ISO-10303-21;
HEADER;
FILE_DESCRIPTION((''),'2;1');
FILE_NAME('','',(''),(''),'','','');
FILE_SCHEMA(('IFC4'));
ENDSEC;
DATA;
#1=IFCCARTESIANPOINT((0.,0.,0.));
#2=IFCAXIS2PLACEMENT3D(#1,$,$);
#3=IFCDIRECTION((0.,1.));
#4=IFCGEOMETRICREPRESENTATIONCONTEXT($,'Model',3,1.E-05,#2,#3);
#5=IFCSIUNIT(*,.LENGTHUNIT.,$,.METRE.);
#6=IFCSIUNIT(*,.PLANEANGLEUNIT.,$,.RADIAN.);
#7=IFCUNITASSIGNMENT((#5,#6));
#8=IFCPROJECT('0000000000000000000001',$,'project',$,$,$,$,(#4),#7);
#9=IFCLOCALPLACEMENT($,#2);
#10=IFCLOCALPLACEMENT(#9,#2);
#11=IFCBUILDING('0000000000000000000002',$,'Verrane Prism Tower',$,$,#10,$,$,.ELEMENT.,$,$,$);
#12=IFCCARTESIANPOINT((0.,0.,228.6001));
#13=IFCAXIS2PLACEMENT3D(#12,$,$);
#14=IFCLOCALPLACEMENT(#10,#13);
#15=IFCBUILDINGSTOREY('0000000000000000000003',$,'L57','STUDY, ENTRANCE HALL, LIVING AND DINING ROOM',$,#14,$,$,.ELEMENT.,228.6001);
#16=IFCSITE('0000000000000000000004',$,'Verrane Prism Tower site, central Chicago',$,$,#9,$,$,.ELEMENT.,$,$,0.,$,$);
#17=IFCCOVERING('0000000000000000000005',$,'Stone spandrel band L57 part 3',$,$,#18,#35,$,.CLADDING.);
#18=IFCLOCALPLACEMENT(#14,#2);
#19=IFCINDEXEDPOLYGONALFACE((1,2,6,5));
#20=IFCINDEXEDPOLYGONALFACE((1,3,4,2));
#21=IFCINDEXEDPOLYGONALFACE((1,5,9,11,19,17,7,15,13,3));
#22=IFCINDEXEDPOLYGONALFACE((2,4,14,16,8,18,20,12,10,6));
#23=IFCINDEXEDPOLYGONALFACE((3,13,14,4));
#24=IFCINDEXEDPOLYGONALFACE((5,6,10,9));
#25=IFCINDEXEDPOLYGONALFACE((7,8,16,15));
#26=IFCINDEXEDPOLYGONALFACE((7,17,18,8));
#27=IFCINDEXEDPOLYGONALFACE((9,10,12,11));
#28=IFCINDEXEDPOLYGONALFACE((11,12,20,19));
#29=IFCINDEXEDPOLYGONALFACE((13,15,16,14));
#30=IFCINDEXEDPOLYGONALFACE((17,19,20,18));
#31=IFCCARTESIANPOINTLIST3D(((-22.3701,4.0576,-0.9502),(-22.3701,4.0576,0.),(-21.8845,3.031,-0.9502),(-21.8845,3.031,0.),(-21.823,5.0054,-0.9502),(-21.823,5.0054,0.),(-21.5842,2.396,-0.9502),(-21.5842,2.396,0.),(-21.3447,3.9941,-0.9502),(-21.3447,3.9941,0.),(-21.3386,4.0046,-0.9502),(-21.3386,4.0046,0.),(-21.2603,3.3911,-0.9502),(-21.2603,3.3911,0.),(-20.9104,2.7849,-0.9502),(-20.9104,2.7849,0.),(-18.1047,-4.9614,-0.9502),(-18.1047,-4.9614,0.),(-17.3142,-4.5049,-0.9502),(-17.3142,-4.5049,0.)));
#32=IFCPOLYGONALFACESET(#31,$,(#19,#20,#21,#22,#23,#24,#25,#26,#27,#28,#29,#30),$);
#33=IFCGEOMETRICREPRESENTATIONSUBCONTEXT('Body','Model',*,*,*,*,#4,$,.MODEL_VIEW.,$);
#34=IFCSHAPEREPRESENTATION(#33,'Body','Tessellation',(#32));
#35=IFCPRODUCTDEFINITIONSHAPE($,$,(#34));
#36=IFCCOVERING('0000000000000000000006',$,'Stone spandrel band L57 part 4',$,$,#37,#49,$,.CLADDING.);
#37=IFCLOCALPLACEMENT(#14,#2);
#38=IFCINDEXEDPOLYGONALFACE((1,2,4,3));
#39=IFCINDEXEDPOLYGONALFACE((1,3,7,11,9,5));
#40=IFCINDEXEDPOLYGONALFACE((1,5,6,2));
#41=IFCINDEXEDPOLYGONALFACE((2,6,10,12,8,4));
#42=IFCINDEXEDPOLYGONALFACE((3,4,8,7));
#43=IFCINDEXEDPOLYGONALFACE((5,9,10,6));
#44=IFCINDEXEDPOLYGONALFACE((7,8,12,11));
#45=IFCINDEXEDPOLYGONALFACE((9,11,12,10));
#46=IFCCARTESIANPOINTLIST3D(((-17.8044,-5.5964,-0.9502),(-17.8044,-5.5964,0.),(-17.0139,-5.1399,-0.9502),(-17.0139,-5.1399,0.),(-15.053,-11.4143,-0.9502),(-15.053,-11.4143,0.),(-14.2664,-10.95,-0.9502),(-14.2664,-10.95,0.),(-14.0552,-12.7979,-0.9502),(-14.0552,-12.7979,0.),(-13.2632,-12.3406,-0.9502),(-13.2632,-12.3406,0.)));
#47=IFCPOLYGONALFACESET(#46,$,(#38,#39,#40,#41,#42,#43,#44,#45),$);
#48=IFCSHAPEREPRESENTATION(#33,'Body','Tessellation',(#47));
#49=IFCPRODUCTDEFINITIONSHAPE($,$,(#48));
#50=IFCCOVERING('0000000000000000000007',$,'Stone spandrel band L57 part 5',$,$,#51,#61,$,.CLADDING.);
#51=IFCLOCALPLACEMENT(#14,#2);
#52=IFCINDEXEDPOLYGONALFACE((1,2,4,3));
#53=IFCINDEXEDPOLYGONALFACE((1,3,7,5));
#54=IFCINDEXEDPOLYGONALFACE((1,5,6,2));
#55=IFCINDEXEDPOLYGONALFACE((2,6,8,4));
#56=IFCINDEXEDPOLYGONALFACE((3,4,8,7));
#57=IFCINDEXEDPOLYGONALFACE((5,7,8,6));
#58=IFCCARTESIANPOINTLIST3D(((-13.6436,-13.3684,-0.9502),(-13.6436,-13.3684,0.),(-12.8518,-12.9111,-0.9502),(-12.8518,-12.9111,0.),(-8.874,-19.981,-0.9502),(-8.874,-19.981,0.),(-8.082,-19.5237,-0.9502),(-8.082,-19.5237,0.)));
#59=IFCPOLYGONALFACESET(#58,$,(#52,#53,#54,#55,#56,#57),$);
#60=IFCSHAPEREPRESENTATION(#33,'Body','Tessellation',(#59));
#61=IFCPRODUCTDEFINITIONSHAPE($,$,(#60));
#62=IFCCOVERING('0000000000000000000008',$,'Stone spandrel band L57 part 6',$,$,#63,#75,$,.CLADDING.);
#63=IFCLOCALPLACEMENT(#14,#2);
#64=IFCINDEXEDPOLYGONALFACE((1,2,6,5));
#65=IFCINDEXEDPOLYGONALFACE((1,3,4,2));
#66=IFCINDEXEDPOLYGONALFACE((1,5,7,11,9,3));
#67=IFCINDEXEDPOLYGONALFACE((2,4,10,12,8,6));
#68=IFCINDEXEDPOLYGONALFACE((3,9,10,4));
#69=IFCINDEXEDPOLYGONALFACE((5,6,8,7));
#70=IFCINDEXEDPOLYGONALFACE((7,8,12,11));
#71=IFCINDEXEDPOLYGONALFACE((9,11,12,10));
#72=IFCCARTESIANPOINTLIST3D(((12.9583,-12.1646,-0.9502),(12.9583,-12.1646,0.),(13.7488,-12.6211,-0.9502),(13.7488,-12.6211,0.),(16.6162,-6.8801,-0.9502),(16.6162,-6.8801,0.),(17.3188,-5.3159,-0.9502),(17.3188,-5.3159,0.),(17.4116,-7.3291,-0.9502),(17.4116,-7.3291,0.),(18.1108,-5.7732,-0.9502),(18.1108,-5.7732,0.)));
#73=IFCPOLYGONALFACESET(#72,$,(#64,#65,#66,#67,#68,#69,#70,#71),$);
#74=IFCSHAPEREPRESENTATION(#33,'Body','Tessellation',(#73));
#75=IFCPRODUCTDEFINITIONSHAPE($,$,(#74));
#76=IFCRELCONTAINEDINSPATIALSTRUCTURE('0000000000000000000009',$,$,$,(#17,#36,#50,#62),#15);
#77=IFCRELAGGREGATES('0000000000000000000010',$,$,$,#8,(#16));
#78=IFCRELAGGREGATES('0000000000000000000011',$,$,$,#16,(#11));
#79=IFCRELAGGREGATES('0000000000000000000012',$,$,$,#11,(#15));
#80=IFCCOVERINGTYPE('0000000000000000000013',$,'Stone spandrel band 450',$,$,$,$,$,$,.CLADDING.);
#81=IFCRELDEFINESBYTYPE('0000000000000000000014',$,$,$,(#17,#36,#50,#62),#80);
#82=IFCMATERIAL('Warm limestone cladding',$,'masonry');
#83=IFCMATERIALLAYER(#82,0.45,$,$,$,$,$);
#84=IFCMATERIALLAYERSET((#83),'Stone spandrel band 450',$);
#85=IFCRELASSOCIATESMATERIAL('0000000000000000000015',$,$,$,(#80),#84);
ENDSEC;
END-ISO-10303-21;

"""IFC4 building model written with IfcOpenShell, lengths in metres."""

from ifc_helpers import new_model, si_unit, direction, frame, origin, place, context, subcontext, project, spatial, polyline, outline, extrude, material, layer, layer_set, type_object, element, save


model = new_model("IFC4")

# Units and contexts
model_context = context("Model", 3, precision=1e-05, world=origin(), true_north=direction((0.0, 1.0)))
body_context = subcontext(model_context, "Body", "Model", "MODEL_VIEW")
ifc_project = project(units=[si_unit("LENGTHUNIT", "METRE"), si_unit("PLANEANGLEUNIT", "RADIAN")], contexts=[model_context])

# Site, building, storey
site_placement = place(None, origin())
site = spatial("IfcSite", under=ifc_project, at=site_placement, Name="Verrane Prism Tower site, central Chicago", CompositionType="ELEMENT", RefElevation=0.0)
building_placement = place(site_placement, origin())
building = spatial("IfcBuilding", under=site, at=building_placement, Name="Verrane Prism Tower", CompositionType="ELEMENT")
storey_placement = place(building_placement, frame((0.0, 0.0, 228.6001)))
storey = spatial("IfcBuildingStorey", under=building, at=storey_placement, Name="L57", Description="STUDY, ENTRANCE HALL, LIVING AND DINING ROOM", CompositionType="ELEMENT", Elevation=228.6001)

# Coverings
ifc_material_1 = material(Name="Warm limestone cladding", Category="masonry")
ifc_layer_1 = layer(ifc_material_1, 0.45)
ifc_layer_set_1 = layer_set([ifc_layer_1], Name="Stone spandrel band 450")
covering_type_1 = type_object("IfcCoveringType", Name="Stone spandrel band 450", PredefinedType="CLADDING", material=ifc_layer_set_1)
covering_1_placement = place(storey_placement, frame((0.0, 0.0, -0.9502)))
element("IfcCovering", 1, at=covering_1_placement, inside=storey, type_object=covering_type_1, Name="Stone spandrel band L57 part 3", PredefinedType="CLADDING", context=body_context, shape_type="SweptSolid", body=[
    extrude(outline(polyline([(-17.3142, -4.5049), (-21.3386, 4.0046), (-21.3447, 3.9941), (-21.823, 5.0054), (-22.3701, 4.0576), (-21.8845, 3.031), (-21.2603, 3.3911), (-20.9104, 2.7849), (-21.5842, 2.396), (-18.1047, -4.9614), (-17.3142, -4.5049)])), origin(), (0.0, 0.0, 1.0), 0.9502),
])
covering_2_placement = place(storey_placement, frame((0.0, 0.0, -0.9502)))
element("IfcCovering", 2, at=covering_2_placement, inside=storey, type_object=covering_type_1, Name="Stone spandrel band L57 part 4", PredefinedType="CLADDING", context=body_context, shape_type="SweptSolid", body=[
    extrude(outline(polyline([(-14.0552, -12.7979), (-13.2632, -12.3406), (-14.2664, -10.95), (-17.0139, -5.1399), (-17.8044, -5.5964), (-15.053, -11.4143), (-14.0552, -12.7979)])), origin(), (0.0, 0.0, 1.0), 0.9502),
])
covering_3_placement = place(storey_placement, frame((0.0, 0.0, -0.9502)))
element("IfcCovering", 3, at=covering_3_placement, inside=storey, type_object=covering_type_1, Name="Stone spandrel band L57 part 5", PredefinedType="CLADDING", context=body_context, shape_type="SweptSolid", body=[
    extrude(outline(polyline([(-8.874, -19.981), (-8.082, -19.5237), (-12.8518, -12.9111), (-13.6436, -13.3684), (-8.874, -19.981)])), origin(), (0.0, 0.0, 1.0), 0.9502),
])
covering_4_placement = place(storey_placement, frame((0.0, 0.0, -0.9502)))
element("IfcCovering", 4, at=covering_4_placement, inside=storey, type_object=covering_type_1, Name="Stone spandrel band L57 part 6", PredefinedType="CLADDING", context=body_context, shape_type="SweptSolid", body=[
    extrude(outline(polyline([(18.1108, -5.7732), (17.3188, -5.3159), (16.6162, -6.8801), (12.9583, -12.1646), (13.7488, -12.6211), (17.4116, -7.3291), (18.1108, -5.7732)])), origin(), (0.0, 0.0, 1.0), 0.9502),
])

save(model, "model.ifc")
